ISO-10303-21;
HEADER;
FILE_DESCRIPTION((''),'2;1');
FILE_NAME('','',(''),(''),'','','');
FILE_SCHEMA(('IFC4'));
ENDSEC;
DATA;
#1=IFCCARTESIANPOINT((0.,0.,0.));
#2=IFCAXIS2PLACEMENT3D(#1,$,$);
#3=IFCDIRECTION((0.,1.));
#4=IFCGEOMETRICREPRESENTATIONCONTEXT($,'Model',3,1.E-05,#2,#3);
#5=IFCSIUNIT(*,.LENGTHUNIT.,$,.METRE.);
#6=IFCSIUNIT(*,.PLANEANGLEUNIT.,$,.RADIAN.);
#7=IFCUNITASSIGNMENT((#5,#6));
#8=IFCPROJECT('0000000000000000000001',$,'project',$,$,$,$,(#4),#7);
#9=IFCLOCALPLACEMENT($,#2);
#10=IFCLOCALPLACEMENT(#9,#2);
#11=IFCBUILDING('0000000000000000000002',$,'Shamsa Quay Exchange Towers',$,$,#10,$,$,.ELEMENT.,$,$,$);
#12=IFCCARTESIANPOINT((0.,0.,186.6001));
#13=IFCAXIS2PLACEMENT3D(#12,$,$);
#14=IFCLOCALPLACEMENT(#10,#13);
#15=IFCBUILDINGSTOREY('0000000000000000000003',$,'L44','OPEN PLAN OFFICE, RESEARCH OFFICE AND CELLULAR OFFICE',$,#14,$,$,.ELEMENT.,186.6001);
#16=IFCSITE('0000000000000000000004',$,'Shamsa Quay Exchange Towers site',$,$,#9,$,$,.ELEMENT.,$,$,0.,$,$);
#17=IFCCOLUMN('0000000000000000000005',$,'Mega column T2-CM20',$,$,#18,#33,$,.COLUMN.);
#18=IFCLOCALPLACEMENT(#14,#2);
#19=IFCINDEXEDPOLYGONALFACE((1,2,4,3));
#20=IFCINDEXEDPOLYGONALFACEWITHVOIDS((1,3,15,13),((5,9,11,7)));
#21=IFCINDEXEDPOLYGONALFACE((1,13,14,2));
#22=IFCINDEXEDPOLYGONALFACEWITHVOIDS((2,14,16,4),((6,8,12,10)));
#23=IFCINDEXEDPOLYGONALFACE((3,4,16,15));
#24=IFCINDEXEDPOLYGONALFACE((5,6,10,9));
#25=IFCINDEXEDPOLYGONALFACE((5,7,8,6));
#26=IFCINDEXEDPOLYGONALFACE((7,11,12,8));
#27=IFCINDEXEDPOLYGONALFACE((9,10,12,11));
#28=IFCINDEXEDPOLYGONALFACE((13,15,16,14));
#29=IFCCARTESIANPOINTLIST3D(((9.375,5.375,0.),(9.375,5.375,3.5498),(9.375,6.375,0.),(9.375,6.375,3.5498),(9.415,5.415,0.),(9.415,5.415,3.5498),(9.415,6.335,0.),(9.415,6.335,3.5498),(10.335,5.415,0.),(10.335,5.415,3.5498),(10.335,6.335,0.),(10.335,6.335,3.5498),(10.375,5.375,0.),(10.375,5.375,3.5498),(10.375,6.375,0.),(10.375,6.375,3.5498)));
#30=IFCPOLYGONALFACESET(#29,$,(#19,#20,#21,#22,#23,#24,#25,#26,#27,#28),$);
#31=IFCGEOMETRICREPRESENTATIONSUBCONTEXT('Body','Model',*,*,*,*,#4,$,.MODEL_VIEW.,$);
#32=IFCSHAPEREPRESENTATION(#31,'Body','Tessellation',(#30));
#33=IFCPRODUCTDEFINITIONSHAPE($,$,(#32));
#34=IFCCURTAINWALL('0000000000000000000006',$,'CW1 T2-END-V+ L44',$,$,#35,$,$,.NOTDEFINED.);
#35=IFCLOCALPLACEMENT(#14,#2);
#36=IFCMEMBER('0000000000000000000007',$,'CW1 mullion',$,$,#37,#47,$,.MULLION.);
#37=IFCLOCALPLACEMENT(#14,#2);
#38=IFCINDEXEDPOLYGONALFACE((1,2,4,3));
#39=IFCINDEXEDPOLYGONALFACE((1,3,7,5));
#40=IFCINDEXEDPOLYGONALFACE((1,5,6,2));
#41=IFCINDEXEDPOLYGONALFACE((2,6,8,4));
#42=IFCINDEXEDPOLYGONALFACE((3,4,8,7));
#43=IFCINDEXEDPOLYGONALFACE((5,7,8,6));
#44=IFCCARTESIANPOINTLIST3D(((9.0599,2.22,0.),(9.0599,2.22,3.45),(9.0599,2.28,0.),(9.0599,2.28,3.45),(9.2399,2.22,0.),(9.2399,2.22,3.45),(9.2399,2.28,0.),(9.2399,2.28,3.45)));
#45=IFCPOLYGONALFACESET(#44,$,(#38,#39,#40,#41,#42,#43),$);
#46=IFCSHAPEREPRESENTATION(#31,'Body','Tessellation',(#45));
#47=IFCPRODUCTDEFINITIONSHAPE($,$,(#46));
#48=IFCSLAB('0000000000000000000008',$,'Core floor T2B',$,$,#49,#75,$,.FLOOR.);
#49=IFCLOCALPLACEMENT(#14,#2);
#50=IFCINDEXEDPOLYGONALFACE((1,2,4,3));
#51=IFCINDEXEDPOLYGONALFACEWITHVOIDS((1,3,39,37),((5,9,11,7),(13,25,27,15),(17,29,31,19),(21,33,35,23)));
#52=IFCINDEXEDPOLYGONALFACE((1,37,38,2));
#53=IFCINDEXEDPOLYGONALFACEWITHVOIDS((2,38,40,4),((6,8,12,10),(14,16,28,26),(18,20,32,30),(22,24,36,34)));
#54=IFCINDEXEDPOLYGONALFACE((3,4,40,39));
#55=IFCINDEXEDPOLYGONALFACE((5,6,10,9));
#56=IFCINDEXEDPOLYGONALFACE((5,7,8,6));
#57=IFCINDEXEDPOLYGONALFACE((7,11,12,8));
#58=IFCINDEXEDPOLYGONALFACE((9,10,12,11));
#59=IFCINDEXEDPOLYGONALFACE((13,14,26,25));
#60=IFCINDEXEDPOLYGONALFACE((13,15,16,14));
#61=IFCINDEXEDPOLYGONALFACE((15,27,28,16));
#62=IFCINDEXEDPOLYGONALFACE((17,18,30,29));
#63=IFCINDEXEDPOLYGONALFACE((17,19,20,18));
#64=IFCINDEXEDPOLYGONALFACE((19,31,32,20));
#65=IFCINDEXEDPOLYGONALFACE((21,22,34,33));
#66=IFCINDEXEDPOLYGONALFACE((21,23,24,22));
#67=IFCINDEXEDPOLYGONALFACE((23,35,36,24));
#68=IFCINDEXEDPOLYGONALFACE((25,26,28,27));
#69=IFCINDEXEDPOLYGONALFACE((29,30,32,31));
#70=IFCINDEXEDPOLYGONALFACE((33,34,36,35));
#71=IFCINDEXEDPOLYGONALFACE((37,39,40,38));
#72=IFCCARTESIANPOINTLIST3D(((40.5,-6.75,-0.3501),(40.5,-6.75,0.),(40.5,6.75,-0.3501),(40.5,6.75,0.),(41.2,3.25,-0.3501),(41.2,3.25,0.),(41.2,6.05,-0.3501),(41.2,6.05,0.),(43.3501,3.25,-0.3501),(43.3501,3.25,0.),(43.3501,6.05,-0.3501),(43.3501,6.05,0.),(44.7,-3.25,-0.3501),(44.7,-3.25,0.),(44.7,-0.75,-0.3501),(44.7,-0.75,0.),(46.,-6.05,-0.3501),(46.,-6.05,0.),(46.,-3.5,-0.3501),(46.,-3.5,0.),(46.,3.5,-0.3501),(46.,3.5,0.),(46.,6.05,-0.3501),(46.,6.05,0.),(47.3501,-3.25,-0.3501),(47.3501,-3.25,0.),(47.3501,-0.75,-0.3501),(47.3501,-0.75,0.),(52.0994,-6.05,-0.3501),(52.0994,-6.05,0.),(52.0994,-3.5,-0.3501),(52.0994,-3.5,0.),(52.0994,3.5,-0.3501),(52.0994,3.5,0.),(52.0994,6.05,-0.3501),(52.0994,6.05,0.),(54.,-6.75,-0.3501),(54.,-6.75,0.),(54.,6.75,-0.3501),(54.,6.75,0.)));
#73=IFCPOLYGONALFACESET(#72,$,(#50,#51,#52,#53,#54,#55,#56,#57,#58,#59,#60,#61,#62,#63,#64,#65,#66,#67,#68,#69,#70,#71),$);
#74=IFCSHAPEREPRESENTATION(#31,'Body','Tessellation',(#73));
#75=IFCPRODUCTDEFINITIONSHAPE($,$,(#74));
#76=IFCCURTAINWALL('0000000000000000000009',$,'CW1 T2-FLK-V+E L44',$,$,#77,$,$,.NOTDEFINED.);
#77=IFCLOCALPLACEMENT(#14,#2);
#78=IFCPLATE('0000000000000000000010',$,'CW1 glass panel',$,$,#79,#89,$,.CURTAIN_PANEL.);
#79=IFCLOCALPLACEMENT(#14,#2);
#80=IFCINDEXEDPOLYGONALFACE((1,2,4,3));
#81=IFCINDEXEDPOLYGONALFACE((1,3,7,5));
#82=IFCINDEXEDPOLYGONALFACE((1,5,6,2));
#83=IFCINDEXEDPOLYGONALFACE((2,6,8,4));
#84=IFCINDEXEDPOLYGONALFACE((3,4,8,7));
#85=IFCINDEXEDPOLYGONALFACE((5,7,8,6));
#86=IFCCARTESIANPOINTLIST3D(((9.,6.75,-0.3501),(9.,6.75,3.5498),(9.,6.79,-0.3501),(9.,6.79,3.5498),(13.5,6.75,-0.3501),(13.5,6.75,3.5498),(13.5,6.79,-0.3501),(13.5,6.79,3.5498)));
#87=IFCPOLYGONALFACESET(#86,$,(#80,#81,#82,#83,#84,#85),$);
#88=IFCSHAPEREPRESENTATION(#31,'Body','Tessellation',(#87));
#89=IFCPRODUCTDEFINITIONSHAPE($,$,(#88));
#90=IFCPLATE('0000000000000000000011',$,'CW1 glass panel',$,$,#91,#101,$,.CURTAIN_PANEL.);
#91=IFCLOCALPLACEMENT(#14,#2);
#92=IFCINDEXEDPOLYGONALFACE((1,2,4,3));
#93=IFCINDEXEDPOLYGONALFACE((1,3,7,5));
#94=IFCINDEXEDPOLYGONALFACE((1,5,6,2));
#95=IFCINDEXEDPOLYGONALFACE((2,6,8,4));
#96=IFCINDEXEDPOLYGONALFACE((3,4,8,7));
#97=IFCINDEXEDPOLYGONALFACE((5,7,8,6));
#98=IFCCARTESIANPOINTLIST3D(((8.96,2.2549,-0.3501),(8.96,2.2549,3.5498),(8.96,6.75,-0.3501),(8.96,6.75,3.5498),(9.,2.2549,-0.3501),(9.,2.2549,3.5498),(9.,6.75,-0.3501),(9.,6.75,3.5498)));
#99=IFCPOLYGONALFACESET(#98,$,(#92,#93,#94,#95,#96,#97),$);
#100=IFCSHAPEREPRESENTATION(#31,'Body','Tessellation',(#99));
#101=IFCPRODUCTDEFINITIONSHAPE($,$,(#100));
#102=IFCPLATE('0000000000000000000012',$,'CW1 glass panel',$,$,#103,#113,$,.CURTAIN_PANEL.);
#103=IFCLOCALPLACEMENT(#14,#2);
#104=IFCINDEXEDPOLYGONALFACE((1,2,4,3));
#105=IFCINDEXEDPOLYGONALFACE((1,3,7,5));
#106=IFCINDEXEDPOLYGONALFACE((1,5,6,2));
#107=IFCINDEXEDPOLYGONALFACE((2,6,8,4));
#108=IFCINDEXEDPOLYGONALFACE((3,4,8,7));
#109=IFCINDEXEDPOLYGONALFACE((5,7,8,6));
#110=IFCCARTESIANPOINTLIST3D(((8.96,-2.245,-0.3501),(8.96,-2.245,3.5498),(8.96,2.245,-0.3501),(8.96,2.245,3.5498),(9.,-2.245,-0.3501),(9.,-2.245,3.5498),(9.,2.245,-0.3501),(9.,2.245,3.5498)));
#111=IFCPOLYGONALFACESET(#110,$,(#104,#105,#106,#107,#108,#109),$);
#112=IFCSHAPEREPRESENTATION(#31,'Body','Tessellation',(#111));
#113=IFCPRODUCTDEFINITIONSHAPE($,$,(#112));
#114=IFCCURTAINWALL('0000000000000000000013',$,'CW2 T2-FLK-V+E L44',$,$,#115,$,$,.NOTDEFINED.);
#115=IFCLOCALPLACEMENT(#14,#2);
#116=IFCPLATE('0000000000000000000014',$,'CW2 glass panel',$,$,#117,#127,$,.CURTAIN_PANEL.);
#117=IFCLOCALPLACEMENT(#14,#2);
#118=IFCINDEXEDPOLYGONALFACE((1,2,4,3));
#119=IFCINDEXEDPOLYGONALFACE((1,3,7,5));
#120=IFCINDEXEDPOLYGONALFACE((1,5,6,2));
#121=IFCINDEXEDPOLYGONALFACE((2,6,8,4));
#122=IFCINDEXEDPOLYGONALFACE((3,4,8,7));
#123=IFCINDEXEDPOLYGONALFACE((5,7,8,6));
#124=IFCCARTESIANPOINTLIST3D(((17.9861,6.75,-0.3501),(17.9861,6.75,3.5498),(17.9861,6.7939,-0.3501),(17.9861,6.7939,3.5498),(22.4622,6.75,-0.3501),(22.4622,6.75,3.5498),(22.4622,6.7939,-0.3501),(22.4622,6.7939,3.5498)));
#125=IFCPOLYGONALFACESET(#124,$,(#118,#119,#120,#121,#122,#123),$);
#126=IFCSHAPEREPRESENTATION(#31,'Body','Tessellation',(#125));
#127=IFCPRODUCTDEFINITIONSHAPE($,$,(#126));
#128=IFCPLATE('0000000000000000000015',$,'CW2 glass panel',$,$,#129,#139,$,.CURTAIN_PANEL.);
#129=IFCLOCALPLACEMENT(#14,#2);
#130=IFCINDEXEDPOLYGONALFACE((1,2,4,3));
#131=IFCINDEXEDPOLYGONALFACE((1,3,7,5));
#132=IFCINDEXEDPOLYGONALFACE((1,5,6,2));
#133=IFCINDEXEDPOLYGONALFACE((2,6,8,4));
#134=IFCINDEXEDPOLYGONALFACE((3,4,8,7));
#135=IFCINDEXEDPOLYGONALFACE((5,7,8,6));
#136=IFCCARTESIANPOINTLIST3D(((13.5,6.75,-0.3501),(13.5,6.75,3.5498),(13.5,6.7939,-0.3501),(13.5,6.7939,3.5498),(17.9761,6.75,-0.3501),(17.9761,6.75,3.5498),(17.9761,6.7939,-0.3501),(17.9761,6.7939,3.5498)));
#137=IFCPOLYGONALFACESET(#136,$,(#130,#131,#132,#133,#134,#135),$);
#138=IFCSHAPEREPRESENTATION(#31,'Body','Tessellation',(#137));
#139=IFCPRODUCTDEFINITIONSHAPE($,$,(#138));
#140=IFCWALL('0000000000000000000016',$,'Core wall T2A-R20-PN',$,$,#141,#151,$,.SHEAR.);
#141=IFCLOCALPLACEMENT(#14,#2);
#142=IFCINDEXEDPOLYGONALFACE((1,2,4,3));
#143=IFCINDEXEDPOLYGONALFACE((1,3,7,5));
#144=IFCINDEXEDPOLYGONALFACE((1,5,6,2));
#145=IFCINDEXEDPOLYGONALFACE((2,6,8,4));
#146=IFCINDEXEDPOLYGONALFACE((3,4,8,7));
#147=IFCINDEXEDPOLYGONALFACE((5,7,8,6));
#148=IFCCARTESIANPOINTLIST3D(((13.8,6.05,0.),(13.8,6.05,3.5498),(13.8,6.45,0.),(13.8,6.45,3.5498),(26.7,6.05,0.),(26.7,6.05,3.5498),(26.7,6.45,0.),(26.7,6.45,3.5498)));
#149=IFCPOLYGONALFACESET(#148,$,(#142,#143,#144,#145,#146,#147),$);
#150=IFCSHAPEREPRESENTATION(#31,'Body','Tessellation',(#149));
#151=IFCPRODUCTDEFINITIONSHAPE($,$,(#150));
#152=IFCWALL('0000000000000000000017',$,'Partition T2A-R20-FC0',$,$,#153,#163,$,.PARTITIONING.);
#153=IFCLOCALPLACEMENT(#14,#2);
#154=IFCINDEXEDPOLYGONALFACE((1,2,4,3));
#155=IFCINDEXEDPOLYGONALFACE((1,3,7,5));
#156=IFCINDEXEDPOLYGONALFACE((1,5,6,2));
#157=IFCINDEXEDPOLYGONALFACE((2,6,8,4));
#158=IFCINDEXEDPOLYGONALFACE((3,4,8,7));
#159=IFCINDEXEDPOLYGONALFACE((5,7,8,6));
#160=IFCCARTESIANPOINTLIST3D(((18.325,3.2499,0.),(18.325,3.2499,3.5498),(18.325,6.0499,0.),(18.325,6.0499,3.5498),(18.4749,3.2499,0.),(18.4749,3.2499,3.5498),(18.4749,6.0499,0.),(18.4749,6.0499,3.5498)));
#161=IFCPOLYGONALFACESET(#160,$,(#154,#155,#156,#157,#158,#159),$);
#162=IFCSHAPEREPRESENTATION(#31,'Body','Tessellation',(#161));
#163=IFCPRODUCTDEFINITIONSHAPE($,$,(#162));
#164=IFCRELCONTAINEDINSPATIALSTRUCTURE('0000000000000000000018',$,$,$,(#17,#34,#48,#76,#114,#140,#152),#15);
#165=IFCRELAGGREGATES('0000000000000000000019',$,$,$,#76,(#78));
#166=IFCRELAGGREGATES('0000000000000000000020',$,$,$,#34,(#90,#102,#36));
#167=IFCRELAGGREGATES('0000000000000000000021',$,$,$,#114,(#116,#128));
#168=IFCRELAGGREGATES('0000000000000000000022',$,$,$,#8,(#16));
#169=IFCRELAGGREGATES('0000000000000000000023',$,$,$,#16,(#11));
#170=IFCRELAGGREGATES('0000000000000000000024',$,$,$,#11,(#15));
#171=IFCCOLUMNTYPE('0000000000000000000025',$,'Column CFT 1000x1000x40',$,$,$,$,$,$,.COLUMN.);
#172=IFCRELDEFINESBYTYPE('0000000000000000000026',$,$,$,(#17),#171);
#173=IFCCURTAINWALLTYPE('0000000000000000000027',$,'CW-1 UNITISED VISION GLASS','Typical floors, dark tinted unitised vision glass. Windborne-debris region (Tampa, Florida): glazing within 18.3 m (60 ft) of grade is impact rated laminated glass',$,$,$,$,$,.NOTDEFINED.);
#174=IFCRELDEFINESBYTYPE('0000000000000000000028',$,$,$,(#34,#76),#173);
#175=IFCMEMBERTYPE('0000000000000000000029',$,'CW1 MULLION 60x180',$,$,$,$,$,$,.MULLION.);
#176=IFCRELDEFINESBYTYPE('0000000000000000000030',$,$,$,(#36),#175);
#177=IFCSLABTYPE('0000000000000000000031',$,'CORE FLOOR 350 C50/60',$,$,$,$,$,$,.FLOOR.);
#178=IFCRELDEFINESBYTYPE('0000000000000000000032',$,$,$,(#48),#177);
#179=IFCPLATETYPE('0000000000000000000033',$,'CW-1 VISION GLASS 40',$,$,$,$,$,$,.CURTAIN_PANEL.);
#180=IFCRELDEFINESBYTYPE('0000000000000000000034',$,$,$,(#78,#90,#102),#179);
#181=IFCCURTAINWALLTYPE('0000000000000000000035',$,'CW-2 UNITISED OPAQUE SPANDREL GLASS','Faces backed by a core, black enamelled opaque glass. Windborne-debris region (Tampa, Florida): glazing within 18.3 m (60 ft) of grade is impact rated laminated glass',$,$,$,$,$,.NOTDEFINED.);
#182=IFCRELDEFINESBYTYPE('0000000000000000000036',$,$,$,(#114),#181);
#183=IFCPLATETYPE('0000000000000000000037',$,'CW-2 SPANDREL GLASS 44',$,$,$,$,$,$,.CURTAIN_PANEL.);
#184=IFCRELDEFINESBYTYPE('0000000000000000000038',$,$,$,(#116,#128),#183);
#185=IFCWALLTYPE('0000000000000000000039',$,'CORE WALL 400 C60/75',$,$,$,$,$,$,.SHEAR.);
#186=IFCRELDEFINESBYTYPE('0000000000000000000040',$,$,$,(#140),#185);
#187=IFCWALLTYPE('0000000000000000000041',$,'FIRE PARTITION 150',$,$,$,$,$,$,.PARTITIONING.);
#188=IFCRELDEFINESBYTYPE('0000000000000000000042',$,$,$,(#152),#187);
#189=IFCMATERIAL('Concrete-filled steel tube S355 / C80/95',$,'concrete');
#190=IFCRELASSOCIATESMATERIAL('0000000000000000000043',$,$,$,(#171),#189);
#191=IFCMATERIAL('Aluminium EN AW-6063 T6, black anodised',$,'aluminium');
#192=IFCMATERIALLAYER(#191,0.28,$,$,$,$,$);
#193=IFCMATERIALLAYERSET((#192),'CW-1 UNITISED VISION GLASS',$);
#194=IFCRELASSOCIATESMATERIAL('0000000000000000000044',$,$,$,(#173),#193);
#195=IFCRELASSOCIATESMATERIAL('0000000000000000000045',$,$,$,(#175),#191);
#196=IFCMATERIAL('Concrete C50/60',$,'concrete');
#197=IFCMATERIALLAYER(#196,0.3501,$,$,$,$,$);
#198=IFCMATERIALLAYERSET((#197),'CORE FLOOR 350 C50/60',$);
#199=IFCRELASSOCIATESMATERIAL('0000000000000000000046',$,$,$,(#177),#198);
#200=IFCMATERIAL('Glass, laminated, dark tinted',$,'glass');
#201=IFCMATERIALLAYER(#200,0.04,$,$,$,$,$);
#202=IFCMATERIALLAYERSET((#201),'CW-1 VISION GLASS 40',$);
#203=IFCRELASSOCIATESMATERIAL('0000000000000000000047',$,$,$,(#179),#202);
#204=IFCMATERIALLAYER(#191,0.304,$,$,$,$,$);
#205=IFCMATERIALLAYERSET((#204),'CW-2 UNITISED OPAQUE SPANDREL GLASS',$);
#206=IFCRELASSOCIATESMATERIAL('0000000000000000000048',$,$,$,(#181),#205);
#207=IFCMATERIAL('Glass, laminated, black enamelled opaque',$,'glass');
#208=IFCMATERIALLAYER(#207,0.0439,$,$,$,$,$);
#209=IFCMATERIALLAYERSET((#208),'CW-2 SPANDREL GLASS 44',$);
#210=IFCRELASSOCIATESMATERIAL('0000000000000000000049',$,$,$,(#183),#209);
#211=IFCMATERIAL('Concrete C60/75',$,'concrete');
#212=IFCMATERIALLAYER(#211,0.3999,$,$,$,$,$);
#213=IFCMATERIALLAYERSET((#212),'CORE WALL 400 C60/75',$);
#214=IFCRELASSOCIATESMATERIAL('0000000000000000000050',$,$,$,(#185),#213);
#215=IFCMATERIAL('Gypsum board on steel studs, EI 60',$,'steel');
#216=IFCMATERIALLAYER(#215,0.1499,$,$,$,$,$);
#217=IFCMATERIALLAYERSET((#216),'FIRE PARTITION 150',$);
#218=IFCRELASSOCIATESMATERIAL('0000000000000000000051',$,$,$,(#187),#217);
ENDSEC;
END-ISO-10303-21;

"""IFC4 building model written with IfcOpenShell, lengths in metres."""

from ifc_helpers import new_model, si_unit, direction, frame, frame_2d, origin, origin_2d, place, context, subcontext, project, spatial, polyline, rectangle, hollow_rectangle, outline, extrude, material, layer, layer_set, material_profile, profile_set, type_object, element, aggregate, save


model = new_model("IFC4")

# Units and contexts
model_context = context("Model", 3, precision=1e-05, world=origin(), true_north=direction((0.0, 1.0)))
body_context = subcontext(model_context, "Body", "Model", "MODEL_VIEW")
ifc_project = project(units=[si_unit("LENGTHUNIT", "METRE"), si_unit("PLANEANGLEUNIT", "RADIAN")], contexts=[model_context])

# Site, building, storey
site_placement = place(None, origin())
site = spatial("IfcSite", under=ifc_project, at=site_placement, Name="Shamsa Quay Exchange Towers site", CompositionType="ELEMENT", RefElevation=0.0)
building_placement = place(site_placement, origin())
building = spatial("IfcBuilding", under=site, at=building_placement, Name="Shamsa Quay Exchange Towers", CompositionType="ELEMENT")
storey_placement = place(building_placement, frame((0.0, 0.0, 186.6001)))
storey = spatial("IfcBuildingStorey", under=building, at=storey_placement, Name="L44", Description="OPEN PLAN OFFICE, RESEARCH OFFICE AND CELLULAR OFFICE", CompositionType="ELEMENT", Elevation=186.6001)

# Column
ifc_material_1 = material(Name="Concrete-filled steel tube S355 / C80/95", Category="concrete")
ifc_material_profile_1 = material_profile(ifc_material_1, hollow_rectangle(XDim=1.0, YDim=1.0, WallThickness=0.04, at=origin_2d()), Name="CFT 1000x1000x40")
ifc_profile_set_1 = profile_set([ifc_material_profile_1], Name="Concrete-filled steel tube S355 / C80/95")
column_type = type_object("IfcColumnType", Name="Column CFT 1000x1000x40", PredefinedType="COLUMN", material=ifc_profile_set_1)
column_placement = place(storey_placement, frame((9.875, 5.875, 0.0)))
element("IfcColumn", 1, at=column_placement, inside=storey, type_object=column_type, Name="Mega column T2-CM20", PredefinedType="COLUMN", context=body_context, shape_type="SweptSolid", body=[
    extrude(hollow_rectangle(XDim=1.0, YDim=1.0, WallThickness=0.04, at=origin_2d()), origin(), (0.0, 0.0, 1.0), 3.5498),
])

# Curtain wall, member
ifc_material_2 = material(Name="Aluminium EN AW-6063 T6, black anodised", Category="aluminium")
ifc_layer_1 = layer(ifc_material_2, 0.28)
ifc_layer_set_1 = layer_set([ifc_layer_1], Name="CW-1 UNITISED VISION GLASS")
curtain_wall_type_1 = type_object("IfcCurtainWallType", Name="CW-1 UNITISED VISION GLASS", Description="Typical floors, dark tinted unitised vision glass. Windborne-debris region (Tampa, Florida): glazing within 18.3 m (60 ft) of grade is impact rated laminated glass", PredefinedType="NOTDEFINED", material=ifc_layer_set_1)
curtain_wall_1_placement = place(storey_placement, origin())
curtain_wall_1 = element("IfcCurtainWall", 2, at=curtain_wall_1_placement, inside=storey, type_object=curtain_wall_type_1, Name="CW1 T2-END-V+ L44", PredefinedType="NOTDEFINED")
ifc_material_profile_2 = material_profile(ifc_material_2, rectangle(XDim=0.1799, YDim=0.0601, at=origin_2d()), Name="MU60x180")
ifc_profile_set_2 = profile_set([ifc_material_profile_2], Name="Aluminium EN AW-6063 T6, black anodised")
member_type = type_object("IfcMemberType", Name="CW1 MULLION 60x180", PredefinedType="MULLION", material=ifc_profile_set_2)
member_placement = place(storey_placement, frame((9.1499, 2.25, 0.0)))
member = element("IfcMember", 3, at=member_placement, type_object=member_type, Name="CW1 mullion", PredefinedType="MULLION", context=body_context, shape_type="SweptSolid", body=[
    extrude(rectangle(XDim=0.1799, YDim=0.0601, at=origin_2d()), origin(), (0.0, 0.0, 1.0), 3.45),
])

# Slab
ifc_material_3 = material(Name="Concrete C50/60", Category="concrete")
ifc_layer_2 = layer(ifc_material_3, 0.3501)
ifc_layer_set_2 = layer_set([ifc_layer_2], Name="CORE FLOOR 350 C50/60")
slab_type = type_object("IfcSlabType", Name="CORE FLOOR 350 C50/60", PredefinedType="FLOOR", material=ifc_layer_set_2)
slab_placement = place(storey_placement, frame((0.0, 0.0, -0.3501)))
element("IfcSlab", 4, at=slab_placement, inside=storey, type_object=slab_type, Name="Core floor T2B", PredefinedType="FLOOR", context=body_context, shape_type="SweptSolid", body=[
    extrude(outline(polyline([(54.0, -6.75), (54.0, 6.75), (40.5, 6.75), (40.5, -6.75), (54.0, -6.75)]), holes=[polyline([(52.0994, -3.5), (52.0994, -6.05), (46.0, -6.05), (46.0, -3.5), (52.0994, -3.5)]), polyline([(52.0994, 6.05), (52.0994, 3.5), (46.0, 3.5), (46.0, 6.05), (52.0994, 6.05)]), polyline([(43.3501, 3.25), (41.2, 3.25), (41.2, 6.05), (43.3501, 6.05), (43.3501, 3.25)]), polyline([(47.3501, -3.25), (44.7, -3.25), (44.7, -0.75), (47.3501, -0.75), (47.3501, -3.25)])]), origin(), (0.0, 0.0, 1.0), 0.3501),
])

# Curtain wall, plate
curtain_wall_2_placement = place(storey_placement, origin())
curtain_wall_2 = element("IfcCurtainWall", 5, at=curtain_wall_2_placement, inside=storey, type_object=curtain_wall_type_1, Name="CW1 T2-FLK-V+E L44", PredefinedType="NOTDEFINED")
ifc_material_4 = material(Name="Glass, laminated, dark tinted", Category="glass")
ifc_layer_3 = layer(ifc_material_4, 0.04)
ifc_layer_set_3 = layer_set([ifc_layer_3], Name="CW-1 VISION GLASS 40")
plate_type_1 = type_object("IfcPlateType", Name="CW-1 VISION GLASS 40", PredefinedType="CURTAIN_PANEL", material=ifc_layer_set_3)
plate_1_placement = place(storey_placement, frame((11.25, 6.77, -0.3501), z_axis=(0.0, 0.0, 1.0), x_axis=(-1.0, 0.0, 0.0)))
plate_1 = element("IfcPlate", 6, at=plate_1_placement, type_object=plate_type_1, Name="CW1 glass panel", PredefinedType="CURTAIN_PANEL", context=body_context, shape_type="SweptSolid", body=[
    extrude(rectangle(XDim=4.5, YDim=0.04, at=origin_2d()), origin(), (0.0, 0.0, 1.0), 3.8999),
])
aggregate(curtain_wall_2, [plate_1])

# Plates
plate_2_placement = place(storey_placement, frame((8.98, 4.5024, -0.3501), z_axis=(0.0, 0.0, 1.0), x_axis=(0.0, -1.0, 0.0)))
plate_2 = element("IfcPlate", 7, at=plate_2_placement, type_object=plate_type_1, Name="CW1 glass panel", PredefinedType="CURTAIN_PANEL", context=body_context, shape_type="SweptSolid", body=[
    extrude(rectangle(XDim=4.4951, YDim=0.04, at=origin_2d()), origin(), (0.0, 0.0, 1.0), 3.8999),
])
plate_3_placement = place(storey_placement, frame((8.98, 0.0, -0.3501), z_axis=(0.0, 0.0, 1.0), x_axis=(0.0, -1.0, 0.0)))
plate_3 = element("IfcPlate", 8, at=plate_3_placement, type_object=plate_type_1, Name="CW1 glass panel", PredefinedType="CURTAIN_PANEL", context=body_context, shape_type="SweptSolid", body=[
    extrude(rectangle(XDim=4.49, YDim=0.04, at=origin_2d()), origin(), (0.0, 0.0, 1.0), 3.8999),
])
aggregate(curtain_wall_1, [plate_2, plate_3, member])

# Curtain wall, plates
ifc_layer_4 = layer(ifc_material_2, 0.304)
ifc_layer_set_4 = layer_set([ifc_layer_4], Name="CW-2 UNITISED OPAQUE SPANDREL GLASS")
curtain_wall_type_2 = type_object("IfcCurtainWallType", Name="CW-2 UNITISED OPAQUE SPANDREL GLASS", Description="Faces backed by a core, black enamelled opaque glass. Windborne-debris region (Tampa, Florida): glazing within 18.3 m (60 ft) of grade is impact rated laminated glass", PredefinedType="NOTDEFINED", material=ifc_layer_set_4)
curtain_wall_3_placement = place(storey_placement, origin())
curtain_wall_3 = element("IfcCurtainWall", 9, at=curtain_wall_3_placement, inside=storey, type_object=curtain_wall_type_2, Name="CW2 T2-FLK-V+E L44", PredefinedType="NOTDEFINED")
ifc_material_5 = material(Name="Glass, laminated, black enamelled opaque", Category="glass")
ifc_layer_5 = layer(ifc_material_5, 0.0439)
ifc_layer_set_5 = layer_set([ifc_layer_5], Name="CW-2 SPANDREL GLASS 44")
plate_type_2 = type_object("IfcPlateType", Name="CW-2 SPANDREL GLASS 44", PredefinedType="CURTAIN_PANEL", material=ifc_layer_set_5)
plate_4_placement = place(storey_placement, frame((20.2241, 6.772, -0.3501), z_axis=(0.0, 0.0, 1.0), x_axis=(-1.0, 0.0, 0.0)))
plate_4 = element("IfcPlate", 10, at=plate_4_placement, type_object=plate_type_2, Name="CW2 glass panel", PredefinedType="CURTAIN_PANEL", context=body_context, shape_type="SweptSolid", body=[
    extrude(rectangle(XDim=4.4761, YDim=0.0439, at=origin_2d()), origin(), (0.0, 0.0, 1.0), 3.8999),
])
plate_5_placement = place(storey_placement, frame((15.738, 6.772, -0.3501), z_axis=(0.0, 0.0, 1.0), x_axis=(-1.0, 0.0, 0.0)))
plate_5 = element("IfcPlate", 11, at=plate_5_placement, type_object=plate_type_2, Name="CW2 glass panel", PredefinedType="CURTAIN_PANEL", context=body_context, shape_type="SweptSolid", body=[
    extrude(rectangle(XDim=4.4761, YDim=0.0439, at=origin_2d()), origin(), (0.0, 0.0, 1.0), 3.8999),
])
aggregate(curtain_wall_3, [plate_4, plate_5])

# Wall
ifc_material_6 = material(Name="Concrete C60/75", Category="concrete")
ifc_layer_6 = layer(ifc_material_6, 0.3999)
ifc_layer_set_6 = layer_set([ifc_layer_6], Name="CORE WALL 400 C60/75")
wall_type_1 = type_object("IfcWallType", Name="CORE WALL 400 C60/75", PredefinedType="SHEAR", material=ifc_layer_set_6)
wall_1_placement = place(storey_placement, frame((13.8, 6.25, 0.0)))
element("IfcWall", 12, at=wall_1_placement, inside=storey, type_object=wall_type_1, Name="Core wall T2A-R20-PN", PredefinedType="SHEAR", context=body_context, shape_type="SweptSolid", body=[
    extrude(rectangle(XDim=12.8999, YDim=0.3999, at=frame_2d((6.45, 0.0))), origin(), (0.0, 0.0, 1.0), 3.5498),
])

# Wall
ifc_material_7 = material(Name="Gypsum board on steel studs, EI 60", Category="steel")
ifc_layer_7 = layer(ifc_material_7, 0.1499)
ifc_layer_set_7 = layer_set([ifc_layer_7], Name="FIRE PARTITION 150")
wall_type_2 = type_object("IfcWallType", Name="FIRE PARTITION 150", PredefinedType="PARTITIONING", material=ifc_layer_set_7)
wall_2_placement = place(storey_placement, frame((18.3999, 3.25, 0.0), z_axis=(0.0, 0.0, 1.0), x_axis=(0.0, 1.0, 0.0)))
element("IfcWall", 13, at=wall_2_placement, inside=storey, type_object=wall_type_2, Name="Partition T2A-R20-FC0", PredefinedType="PARTITIONING", context=body_context, shape_type="SweptSolid", body=[
    extrude(rectangle(XDim=2.8, YDim=0.1499, at=frame_2d((1.3999, 0.0))), origin(), (0.0, 0.0, 1.0), 3.5498),
])

save(model, "model.ifc")
